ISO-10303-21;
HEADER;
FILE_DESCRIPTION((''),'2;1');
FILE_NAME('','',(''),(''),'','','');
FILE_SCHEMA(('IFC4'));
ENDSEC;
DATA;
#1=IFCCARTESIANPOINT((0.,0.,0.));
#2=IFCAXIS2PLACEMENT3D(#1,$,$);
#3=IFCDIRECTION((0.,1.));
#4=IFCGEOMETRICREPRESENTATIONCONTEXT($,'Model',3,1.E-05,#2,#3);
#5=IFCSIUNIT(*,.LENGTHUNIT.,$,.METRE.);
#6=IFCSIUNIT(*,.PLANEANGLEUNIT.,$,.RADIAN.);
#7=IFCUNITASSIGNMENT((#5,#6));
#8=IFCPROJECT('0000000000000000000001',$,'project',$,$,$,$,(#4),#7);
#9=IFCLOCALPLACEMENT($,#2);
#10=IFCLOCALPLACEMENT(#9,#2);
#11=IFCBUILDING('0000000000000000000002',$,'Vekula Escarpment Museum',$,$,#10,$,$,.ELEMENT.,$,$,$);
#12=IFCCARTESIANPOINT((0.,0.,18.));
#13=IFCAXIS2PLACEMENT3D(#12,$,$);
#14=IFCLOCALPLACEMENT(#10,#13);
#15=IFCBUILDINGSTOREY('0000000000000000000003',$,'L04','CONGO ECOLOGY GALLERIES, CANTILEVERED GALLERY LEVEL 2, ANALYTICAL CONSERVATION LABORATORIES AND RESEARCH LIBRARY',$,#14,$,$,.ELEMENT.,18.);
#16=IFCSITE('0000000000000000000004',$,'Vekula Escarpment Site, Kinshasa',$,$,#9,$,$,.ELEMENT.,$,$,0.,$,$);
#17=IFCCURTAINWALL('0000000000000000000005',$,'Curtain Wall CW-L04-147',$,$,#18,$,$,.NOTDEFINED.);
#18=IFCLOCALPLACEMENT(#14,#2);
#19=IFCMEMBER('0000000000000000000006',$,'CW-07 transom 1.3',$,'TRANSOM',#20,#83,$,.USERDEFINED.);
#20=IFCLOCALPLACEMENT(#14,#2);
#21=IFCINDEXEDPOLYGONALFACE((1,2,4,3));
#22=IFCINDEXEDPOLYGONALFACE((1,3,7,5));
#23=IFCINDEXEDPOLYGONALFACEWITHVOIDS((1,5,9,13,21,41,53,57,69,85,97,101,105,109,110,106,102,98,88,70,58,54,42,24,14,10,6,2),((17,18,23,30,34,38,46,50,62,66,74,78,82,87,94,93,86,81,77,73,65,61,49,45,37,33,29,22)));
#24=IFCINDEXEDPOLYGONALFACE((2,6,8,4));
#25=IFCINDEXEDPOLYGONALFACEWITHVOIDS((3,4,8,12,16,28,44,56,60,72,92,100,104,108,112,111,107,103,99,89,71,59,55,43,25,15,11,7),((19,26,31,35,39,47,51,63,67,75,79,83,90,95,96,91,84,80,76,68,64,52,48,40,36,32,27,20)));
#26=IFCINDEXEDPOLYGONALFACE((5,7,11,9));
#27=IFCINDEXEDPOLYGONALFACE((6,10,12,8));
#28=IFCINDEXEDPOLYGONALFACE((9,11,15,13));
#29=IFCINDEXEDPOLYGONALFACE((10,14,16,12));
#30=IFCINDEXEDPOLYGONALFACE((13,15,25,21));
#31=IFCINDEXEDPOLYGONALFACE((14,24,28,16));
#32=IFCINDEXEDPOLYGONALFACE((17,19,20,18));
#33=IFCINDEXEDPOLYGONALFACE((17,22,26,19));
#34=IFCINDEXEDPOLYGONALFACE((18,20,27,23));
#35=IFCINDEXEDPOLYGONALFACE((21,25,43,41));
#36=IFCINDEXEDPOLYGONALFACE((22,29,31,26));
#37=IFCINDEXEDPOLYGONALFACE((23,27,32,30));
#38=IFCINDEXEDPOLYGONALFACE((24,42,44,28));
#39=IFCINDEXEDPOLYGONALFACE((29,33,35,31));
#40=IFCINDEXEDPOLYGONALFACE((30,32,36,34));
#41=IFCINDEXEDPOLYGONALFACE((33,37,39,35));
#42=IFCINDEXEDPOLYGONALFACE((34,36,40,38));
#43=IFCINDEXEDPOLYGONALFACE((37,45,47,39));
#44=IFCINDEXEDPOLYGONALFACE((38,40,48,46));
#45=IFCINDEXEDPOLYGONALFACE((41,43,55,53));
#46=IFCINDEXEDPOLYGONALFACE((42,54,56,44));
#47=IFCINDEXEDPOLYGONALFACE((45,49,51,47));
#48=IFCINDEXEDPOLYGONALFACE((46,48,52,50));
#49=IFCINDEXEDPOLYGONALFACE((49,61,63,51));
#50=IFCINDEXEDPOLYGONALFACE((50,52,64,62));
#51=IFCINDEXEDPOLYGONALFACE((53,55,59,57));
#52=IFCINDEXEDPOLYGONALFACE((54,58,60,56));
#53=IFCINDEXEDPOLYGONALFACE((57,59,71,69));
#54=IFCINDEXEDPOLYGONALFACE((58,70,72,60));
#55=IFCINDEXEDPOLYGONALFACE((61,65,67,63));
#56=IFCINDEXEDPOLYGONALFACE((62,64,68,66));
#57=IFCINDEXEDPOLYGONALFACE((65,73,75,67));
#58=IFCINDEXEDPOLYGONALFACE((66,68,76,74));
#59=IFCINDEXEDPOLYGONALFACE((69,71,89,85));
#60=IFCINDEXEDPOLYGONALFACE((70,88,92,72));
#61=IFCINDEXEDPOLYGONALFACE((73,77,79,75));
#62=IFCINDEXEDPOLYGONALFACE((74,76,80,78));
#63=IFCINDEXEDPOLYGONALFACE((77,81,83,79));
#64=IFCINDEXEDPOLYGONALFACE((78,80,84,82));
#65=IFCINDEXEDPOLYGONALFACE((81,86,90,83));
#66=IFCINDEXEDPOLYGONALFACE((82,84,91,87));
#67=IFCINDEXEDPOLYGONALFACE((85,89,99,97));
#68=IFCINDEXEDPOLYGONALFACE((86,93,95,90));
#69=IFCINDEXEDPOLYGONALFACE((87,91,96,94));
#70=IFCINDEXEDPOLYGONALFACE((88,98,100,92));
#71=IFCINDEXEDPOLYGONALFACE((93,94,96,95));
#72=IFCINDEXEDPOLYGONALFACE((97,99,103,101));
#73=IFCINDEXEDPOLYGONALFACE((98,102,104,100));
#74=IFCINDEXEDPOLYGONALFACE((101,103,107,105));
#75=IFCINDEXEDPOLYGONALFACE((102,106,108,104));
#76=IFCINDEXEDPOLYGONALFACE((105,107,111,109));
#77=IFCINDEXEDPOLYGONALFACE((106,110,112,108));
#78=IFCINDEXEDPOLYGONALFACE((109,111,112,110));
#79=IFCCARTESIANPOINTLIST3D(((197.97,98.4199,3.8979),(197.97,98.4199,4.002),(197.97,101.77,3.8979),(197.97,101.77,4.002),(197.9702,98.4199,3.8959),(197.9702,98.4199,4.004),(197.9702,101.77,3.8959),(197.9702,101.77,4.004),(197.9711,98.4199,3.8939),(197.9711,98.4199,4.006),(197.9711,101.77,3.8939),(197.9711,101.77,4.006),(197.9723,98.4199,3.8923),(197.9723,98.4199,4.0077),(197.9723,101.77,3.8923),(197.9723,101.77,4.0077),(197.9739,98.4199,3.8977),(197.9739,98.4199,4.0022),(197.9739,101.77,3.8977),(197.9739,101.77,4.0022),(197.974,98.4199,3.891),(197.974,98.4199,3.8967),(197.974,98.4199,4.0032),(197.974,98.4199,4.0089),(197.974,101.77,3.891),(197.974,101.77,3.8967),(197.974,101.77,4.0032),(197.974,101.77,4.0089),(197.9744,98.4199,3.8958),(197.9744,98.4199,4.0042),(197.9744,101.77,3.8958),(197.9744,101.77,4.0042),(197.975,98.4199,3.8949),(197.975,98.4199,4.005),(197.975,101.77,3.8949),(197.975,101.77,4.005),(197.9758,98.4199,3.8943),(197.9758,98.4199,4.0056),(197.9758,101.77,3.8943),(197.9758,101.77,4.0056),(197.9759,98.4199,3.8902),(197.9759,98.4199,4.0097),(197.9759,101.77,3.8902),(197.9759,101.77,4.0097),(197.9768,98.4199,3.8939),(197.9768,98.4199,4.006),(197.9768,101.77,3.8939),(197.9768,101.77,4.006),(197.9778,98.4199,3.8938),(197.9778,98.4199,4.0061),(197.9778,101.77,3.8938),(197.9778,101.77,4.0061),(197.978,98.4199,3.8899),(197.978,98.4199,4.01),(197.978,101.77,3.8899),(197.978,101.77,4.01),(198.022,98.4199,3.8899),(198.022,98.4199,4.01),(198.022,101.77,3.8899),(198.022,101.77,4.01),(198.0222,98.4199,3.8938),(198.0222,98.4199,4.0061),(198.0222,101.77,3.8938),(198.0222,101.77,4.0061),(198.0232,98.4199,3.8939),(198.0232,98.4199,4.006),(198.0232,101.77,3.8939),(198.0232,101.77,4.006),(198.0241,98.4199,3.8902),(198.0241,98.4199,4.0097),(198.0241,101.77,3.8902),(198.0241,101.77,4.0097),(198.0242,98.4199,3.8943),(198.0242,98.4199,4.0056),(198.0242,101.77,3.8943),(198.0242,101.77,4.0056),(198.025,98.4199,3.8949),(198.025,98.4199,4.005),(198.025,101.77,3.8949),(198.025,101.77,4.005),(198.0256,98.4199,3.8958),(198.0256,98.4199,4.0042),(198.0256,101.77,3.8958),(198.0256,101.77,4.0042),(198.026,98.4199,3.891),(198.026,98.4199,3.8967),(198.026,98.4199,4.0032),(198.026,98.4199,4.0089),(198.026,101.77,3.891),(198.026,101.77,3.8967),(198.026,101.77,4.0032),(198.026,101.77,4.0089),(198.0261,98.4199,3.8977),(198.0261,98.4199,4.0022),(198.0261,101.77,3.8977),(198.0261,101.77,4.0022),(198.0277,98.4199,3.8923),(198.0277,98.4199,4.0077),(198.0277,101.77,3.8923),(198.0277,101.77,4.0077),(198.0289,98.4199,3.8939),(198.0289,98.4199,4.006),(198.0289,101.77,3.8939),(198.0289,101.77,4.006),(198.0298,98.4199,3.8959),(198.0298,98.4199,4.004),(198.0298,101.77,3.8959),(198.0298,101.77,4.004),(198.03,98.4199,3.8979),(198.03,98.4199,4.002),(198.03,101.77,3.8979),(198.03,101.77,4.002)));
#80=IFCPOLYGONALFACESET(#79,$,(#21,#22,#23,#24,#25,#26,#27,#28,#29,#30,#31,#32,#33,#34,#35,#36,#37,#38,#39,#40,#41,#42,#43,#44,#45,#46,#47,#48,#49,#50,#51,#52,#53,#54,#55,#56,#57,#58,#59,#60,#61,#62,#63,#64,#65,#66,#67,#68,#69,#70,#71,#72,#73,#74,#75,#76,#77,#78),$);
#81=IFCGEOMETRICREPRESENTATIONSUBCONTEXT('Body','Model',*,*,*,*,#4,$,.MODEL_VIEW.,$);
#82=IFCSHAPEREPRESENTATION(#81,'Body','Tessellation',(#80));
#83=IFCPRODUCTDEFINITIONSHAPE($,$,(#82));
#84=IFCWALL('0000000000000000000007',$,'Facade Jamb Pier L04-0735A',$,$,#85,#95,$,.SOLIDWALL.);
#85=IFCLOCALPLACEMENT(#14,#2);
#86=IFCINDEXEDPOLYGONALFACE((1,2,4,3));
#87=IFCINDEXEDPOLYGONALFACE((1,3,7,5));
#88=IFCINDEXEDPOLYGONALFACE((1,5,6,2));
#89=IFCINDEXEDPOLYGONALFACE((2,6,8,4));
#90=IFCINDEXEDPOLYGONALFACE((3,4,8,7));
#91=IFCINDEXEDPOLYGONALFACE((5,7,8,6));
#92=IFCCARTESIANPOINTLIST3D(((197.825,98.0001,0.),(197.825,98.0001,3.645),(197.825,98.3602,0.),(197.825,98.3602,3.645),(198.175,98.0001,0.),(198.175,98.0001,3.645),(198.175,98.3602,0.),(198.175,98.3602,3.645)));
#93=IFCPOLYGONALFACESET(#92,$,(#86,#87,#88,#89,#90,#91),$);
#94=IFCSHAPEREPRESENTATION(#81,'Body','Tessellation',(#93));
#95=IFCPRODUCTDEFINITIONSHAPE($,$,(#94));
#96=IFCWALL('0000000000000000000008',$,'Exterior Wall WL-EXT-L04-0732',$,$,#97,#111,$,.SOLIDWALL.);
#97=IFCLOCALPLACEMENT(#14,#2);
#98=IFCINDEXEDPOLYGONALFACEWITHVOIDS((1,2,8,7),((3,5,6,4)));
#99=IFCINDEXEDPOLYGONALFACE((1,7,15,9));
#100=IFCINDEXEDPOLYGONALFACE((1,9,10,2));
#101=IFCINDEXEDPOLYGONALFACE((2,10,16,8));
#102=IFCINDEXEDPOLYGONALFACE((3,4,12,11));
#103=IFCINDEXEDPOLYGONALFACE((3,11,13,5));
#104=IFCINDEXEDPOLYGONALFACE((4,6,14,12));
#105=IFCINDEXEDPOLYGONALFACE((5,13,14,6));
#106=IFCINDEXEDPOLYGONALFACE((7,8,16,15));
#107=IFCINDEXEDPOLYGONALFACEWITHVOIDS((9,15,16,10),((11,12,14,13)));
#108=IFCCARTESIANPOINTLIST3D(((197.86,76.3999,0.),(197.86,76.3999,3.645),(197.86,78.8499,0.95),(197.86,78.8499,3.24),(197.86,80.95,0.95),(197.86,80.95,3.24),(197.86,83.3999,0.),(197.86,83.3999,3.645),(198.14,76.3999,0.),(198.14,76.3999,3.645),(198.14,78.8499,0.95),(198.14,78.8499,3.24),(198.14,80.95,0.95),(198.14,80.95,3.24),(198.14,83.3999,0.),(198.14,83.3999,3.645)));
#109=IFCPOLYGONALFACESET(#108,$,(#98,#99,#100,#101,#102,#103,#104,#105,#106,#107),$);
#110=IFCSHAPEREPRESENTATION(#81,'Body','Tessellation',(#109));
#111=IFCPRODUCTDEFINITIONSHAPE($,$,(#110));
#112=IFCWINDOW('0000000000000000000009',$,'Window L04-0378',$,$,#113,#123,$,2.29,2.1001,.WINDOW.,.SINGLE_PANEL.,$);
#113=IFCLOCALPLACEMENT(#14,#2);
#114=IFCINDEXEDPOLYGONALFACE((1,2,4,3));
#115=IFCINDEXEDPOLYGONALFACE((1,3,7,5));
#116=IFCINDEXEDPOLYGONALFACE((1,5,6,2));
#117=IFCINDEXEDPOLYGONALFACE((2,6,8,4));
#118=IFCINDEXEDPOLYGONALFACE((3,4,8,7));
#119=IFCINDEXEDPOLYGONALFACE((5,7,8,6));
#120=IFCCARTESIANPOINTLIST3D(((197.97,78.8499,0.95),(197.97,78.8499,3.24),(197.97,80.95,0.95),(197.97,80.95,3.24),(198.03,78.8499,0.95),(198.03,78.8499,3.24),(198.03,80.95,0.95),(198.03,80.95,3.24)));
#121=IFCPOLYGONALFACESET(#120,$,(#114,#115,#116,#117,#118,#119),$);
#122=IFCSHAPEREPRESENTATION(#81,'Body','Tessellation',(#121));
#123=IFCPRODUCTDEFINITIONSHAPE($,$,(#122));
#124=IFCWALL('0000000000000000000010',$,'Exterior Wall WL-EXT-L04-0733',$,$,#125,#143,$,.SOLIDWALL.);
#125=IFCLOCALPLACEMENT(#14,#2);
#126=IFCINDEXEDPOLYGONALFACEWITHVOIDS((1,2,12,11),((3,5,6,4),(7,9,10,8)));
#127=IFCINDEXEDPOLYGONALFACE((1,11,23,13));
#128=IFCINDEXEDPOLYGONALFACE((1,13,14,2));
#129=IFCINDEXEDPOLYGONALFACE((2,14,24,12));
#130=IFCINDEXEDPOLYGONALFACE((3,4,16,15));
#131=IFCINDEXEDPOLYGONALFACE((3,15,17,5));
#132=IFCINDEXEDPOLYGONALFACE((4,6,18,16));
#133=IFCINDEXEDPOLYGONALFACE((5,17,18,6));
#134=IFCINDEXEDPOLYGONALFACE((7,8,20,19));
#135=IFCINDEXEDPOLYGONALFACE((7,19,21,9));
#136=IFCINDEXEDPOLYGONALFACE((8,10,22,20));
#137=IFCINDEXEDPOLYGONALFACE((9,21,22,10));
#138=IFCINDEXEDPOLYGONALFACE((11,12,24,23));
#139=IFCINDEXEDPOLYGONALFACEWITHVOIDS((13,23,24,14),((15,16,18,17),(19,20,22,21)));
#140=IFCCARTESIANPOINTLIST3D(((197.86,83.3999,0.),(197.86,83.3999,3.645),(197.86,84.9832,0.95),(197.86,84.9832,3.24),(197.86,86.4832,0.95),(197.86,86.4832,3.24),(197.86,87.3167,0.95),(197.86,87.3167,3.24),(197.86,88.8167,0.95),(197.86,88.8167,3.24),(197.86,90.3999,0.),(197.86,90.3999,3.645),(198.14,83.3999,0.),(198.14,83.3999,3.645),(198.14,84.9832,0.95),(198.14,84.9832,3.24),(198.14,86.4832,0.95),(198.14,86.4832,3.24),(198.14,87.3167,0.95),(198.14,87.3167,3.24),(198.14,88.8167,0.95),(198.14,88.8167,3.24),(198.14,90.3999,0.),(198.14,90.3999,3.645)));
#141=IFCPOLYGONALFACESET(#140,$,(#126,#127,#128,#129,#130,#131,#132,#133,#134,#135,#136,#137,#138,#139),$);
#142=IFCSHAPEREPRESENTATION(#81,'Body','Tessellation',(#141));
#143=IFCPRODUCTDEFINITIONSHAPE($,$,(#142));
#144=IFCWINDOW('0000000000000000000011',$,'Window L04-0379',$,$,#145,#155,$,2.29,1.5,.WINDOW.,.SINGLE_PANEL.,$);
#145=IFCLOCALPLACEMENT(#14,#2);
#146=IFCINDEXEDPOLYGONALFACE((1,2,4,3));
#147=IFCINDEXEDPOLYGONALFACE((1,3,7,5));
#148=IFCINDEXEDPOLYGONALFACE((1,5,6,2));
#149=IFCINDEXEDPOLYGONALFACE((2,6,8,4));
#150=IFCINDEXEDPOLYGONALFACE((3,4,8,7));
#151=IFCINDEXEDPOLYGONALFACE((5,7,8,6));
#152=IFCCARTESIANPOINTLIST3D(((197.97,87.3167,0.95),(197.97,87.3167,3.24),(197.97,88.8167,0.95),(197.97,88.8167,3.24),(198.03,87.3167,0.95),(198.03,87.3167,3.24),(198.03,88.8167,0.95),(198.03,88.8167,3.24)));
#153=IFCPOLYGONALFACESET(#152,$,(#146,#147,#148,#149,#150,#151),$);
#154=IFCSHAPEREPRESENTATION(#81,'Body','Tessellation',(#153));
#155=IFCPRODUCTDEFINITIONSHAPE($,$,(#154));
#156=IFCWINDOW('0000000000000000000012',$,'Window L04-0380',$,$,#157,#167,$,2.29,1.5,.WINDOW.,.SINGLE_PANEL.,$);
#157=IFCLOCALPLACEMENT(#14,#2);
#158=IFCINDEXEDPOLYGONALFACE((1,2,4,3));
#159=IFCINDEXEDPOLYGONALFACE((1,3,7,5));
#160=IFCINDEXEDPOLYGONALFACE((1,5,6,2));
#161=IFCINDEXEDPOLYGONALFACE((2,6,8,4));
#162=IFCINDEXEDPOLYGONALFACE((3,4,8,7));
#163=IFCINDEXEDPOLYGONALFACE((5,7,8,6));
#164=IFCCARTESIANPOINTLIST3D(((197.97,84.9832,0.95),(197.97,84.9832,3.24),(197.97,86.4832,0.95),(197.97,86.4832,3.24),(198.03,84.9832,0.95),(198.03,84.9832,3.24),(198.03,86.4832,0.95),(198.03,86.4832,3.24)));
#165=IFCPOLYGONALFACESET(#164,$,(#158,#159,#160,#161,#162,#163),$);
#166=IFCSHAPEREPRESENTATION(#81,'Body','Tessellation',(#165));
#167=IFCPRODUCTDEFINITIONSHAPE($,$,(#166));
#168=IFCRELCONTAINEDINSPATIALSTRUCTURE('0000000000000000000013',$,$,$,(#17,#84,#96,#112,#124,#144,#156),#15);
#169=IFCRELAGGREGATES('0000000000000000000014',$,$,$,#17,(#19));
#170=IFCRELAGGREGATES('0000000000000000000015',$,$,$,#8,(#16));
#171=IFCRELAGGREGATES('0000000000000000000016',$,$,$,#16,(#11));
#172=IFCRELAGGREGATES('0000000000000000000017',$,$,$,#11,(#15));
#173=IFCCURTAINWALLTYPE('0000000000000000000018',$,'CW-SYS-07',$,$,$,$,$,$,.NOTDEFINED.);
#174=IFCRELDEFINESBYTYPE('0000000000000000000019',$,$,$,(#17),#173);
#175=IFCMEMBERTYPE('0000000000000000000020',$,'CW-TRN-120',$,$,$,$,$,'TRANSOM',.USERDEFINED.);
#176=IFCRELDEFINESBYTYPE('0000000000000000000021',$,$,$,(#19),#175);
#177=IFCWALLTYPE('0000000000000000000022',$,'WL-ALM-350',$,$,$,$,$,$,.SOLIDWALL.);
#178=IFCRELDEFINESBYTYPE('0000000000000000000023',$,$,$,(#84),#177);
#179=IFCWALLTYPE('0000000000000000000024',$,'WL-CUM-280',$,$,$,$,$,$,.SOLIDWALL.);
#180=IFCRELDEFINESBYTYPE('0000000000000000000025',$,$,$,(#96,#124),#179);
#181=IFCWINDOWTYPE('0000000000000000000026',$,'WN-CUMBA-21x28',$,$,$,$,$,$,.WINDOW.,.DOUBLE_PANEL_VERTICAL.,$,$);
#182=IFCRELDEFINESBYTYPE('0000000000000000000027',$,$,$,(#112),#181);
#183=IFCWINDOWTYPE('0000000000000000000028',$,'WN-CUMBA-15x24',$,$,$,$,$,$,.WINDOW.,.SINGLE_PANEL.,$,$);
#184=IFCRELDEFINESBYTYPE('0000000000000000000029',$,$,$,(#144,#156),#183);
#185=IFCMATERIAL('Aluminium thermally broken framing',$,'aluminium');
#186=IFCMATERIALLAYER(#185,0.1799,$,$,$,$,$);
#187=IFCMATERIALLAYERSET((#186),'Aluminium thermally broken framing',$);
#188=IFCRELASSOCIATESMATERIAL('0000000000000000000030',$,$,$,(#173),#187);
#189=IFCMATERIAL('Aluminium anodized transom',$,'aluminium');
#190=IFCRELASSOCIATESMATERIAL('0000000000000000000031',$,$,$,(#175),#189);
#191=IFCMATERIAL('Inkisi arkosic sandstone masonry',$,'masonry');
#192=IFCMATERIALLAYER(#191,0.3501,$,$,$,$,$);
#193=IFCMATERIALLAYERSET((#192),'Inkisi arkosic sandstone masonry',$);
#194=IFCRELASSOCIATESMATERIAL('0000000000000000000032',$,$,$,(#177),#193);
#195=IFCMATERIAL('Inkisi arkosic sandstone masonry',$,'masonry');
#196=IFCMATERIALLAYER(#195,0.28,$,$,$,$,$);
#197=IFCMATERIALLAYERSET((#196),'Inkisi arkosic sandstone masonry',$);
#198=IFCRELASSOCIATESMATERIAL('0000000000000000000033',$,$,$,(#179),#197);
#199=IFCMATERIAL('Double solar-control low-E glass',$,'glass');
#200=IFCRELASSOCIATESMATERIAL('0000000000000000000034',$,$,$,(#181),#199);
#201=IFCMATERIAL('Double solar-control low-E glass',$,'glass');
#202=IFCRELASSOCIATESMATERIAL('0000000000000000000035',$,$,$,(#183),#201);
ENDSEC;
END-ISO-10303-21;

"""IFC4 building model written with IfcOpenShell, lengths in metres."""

from ifc_helpers import new_model, si_unit, direction, frame, frame_2d, origin, origin_2d, place, context, subcontext, project, spatial, rectangle, hollow_rectangle, extrude, material, layer, layer_set, material_profile, profile_set, type_object, element, fill, aggregate, save


model = new_model("IFC4")

# Units and contexts
model_context = context("Model", 3, precision=1e-05, world=origin(), true_north=direction((0.0, 1.0)))
body_context = subcontext(model_context, "Body", "Model", "MODEL_VIEW")
ifc_project = project(units=[si_unit("LENGTHUNIT", "METRE"), si_unit("PLANEANGLEUNIT", "RADIAN")], contexts=[model_context])

# Site, building, storey
site_placement = place(None, origin())
site = spatial("IfcSite", under=ifc_project, at=site_placement, Name="Vekula Escarpment Site, Kinshasa", CompositionType="ELEMENT", RefElevation=0.0)
building_placement = place(site_placement, origin())
building = spatial("IfcBuilding", under=site, at=building_placement, Name="Vekula Escarpment Museum", CompositionType="ELEMENT")
storey_placement = place(building_placement, frame((0.0, 0.0, 18.0)))
storey = spatial("IfcBuildingStorey", under=building, at=storey_placement, Name="L04", Description="CONGO ECOLOGY GALLERIES, CANTILEVERED GALLERY LEVEL 2, ANALYTICAL CONSERVATION LABORATORIES AND RESEARCH LIBRARY", CompositionType="ELEMENT", Elevation=18.0)

# Curtain wall, member
ifc_material_1 = material(Name="Aluminium thermally broken framing", Category="aluminium")
ifc_layer_1 = layer(ifc_material_1, 0.1799)
ifc_layer_set_1 = layer_set([ifc_layer_1], Name="Aluminium thermally broken framing")
curtain_wall_type = type_object("IfcCurtainWallType", Name="CW-SYS-07", PredefinedType="NOTDEFINED", material=ifc_layer_set_1)
curtain_wall_placement = place(storey_placement, origin())
curtain_wall = element("IfcCurtainWall", 1, at=curtain_wall_placement, inside=storey, type_object=curtain_wall_type, Name="Curtain Wall CW-L04-147", PredefinedType="NOTDEFINED")
ifc_material_2 = material(Name="Aluminium anodized transom", Category="aluminium")
ifc_material_profile_1 = material_profile(ifc_material_2, hollow_rectangle(XDim=0.0601, YDim=0.1201, WallThickness=0.0039, InnerFilletRadius=0.0039, OuterFilletRadius=0.0081, at=origin_2d()), Name="ALU 120x60x4")
ifc_profile_set_1 = profile_set([ifc_material_profile_1], Name="Aluminium anodized transom")
member_type_1 = type_object("IfcMemberType", Name="CW-TRN-120", ElementType="TRANSOM", PredefinedType="USERDEFINED", material=ifc_profile_set_1)
member_1_placement = place(storey_placement, frame((198.0, 98.4199, 3.95), z_axis=(0.0, 1.0, 0.0), x_axis=(-1.0, 0.0, 0.0)))
member_1 = element("IfcMember", 2, at=member_1_placement, type_object=member_type_1, Name="CW-07 transom 1.3", ObjectType="TRANSOM", PredefinedType="USERDEFINED", context=body_context, shape_type="SweptSolid", body=[
    extrude(hollow_rectangle(XDim=0.0601, YDim=0.1201, WallThickness=0.0039, InnerFilletRadius=0.0039, OuterFilletRadius=0.0081, at=origin_2d()), origin(), (0.0, 0.0, 1.0), 3.3501),
])
aggregate(curtain_wall, [member_1])

# Wall
ifc_material_3 = material(Name="Inkisi arkosic sandstone masonry", Category="masonry")
ifc_layer_2 = layer(ifc_material_3, 0.3501)
ifc_layer_set_2 = layer_set([ifc_layer_2], Name="Inkisi arkosic sandstone masonry")
wall_type_1 = type_object("IfcWallType", Name="WL-ALM-350", PredefinedType="SOLIDWALL", material=ifc_layer_set_2)
wall_1_placement = place(storey_placement, frame((198.0, 98.0, 0.0), z_axis=(0.0, 0.0, 1.0), x_axis=(0.0, 1.0, 0.0)))
element("IfcWall", 3, at=wall_1_placement, inside=storey, type_object=wall_type_1, Name="Facade Jamb Pier L04-0735A", PredefinedType="SOLIDWALL", context=body_context, shape_type="SweptSolid", body=[
    extrude(rectangle(XDim=0.3601, YDim=0.3501, at=frame_2d((0.1802, 0.0))), origin(), (0.0, 0.0, 1.0), 3.645),
])

# Wall, opening, window
ifc_material_4 = material(Name="Inkisi arkosic sandstone masonry", Category="masonry")
ifc_layer_3 = layer(ifc_material_4, 0.28)
ifc_layer_set_3 = layer_set([ifc_layer_3], Name="Inkisi arkosic sandstone masonry")
wall_type_2 = type_object("IfcWallType", Name="WL-CUM-280", PredefinedType="SOLIDWALL", material=ifc_layer_set_3)
wall_2_placement = place(storey_placement, frame((198.0, 83.3999, 0.0), z_axis=(0.0, 0.0, 1.0), x_axis=(0.0, -1.0, 0.0)))
wall_2 = element("IfcWall", 4, at=wall_2_placement, inside=storey, type_object=wall_type_2, Name="Exterior Wall WL-EXT-L04-0732", PredefinedType="SOLIDWALL", context=body_context, shape_type="SweptSolid", body=[
    extrude(rectangle(XDim=7.0, YDim=0.28, at=frame_2d((3.5, 0.0))), origin(), (0.0, 0.0, 1.0), 3.645),
])
opening_1_placement = place(wall_2_placement, frame((2.45, 0.0, 0.95)))
opening_1 = element("IfcOpeningElement", 5, at=opening_1_placement, cuts=wall_2, PredefinedType="OPENING", context=body_context, shape_type="SweptSolid", body=[
    extrude(rectangle(XDim=2.1001, YDim=2.29, at=frame_2d((1.05, 1.145))), frame((0.0, 0.1499, 0.0), z_axis=(0.0, -1.0, 0.0), x_axis=(1.0, 0.0, 0.0)), (0.0, 0.0, 1.0), 0.3),
])
ifc_material_5 = material(Name="Double solar-control low-E glass", Category="glass")
window_type_1 = type_object("IfcWindowType", Name="WN-CUMBA-21x28", PartitioningType="DOUBLE_PANEL_VERTICAL", PredefinedType="WINDOW", material=ifc_material_5)
window_1_placement = place(opening_1_placement, origin())
window_1 = element("IfcWindow", 6, at=window_1_placement, inside=storey, type_object=window_type_1, Name="Window L04-0378", OverallHeight=2.29, OverallWidth=2.1001, PartitioningType="SINGLE_PANEL", PredefinedType="WINDOW", context=body_context, shape_type="SweptSolid", body=[
    extrude(rectangle(XDim=2.1001, YDim=2.29, at=frame_2d((1.05, 1.145))), frame((0.0, 0.03, 0.0), z_axis=(0.0, -1.0, 0.0), x_axis=(1.0, 0.0, 0.0)), (0.0, 0.0, 1.0), 0.0601),
])
fill(opening_1, window_1)

# Wall, openings, windows
wall_3_placement = place(storey_placement, frame((198.0, 90.3999, 0.0), z_axis=(0.0, 0.0, 1.0), x_axis=(0.0, -1.0, 0.0)))
wall_3 = element("IfcWall", 7, at=wall_3_placement, inside=storey, type_object=wall_type_2, Name="Exterior Wall WL-EXT-L04-0733", PredefinedType="SOLIDWALL", context=body_context, shape_type="SweptSolid", body=[
    extrude(rectangle(XDim=7.0, YDim=0.28, at=frame_2d((3.5, 0.0))), origin(), (0.0, 0.0, 1.0), 3.645),
])
opening_2_placement = place(wall_3_placement, frame((1.5833, 0.0, 0.95)))
opening_2 = element("IfcOpeningElement", 8, at=opening_2_placement, cuts=wall_3, PredefinedType="OPENING", context=body_context, shape_type="SweptSolid", body=[
    extrude(rectangle(XDim=1.5, YDim=2.29, at=frame_2d((0.75, 1.145))), frame((0.0, 0.1499, 0.0), z_axis=(0.0, -1.0, 0.0), x_axis=(1.0, 0.0, 0.0)), (0.0, 0.0, 1.0), 0.3),
])
opening_3_placement = place(wall_3_placement, frame((3.9167, 0.0, 0.95)))
opening_3 = element("IfcOpeningElement", 9, at=opening_3_placement, cuts=wall_3, PredefinedType="OPENING", context=body_context, shape_type="SweptSolid", body=[
    extrude(rectangle(XDim=1.5, YDim=2.29, at=frame_2d((0.75, 1.145))), frame((0.0, 0.1499, 0.0), z_axis=(0.0, -1.0, 0.0), x_axis=(1.0, 0.0, 0.0)), (0.0, 0.0, 1.0), 0.3),
])
ifc_material_6 = material(Name="Double solar-control low-E glass", Category="glass")
window_type_2 = type_object("IfcWindowType", Name="WN-CUMBA-15x24", PartitioningType="SINGLE_PANEL", PredefinedType="WINDOW", material=ifc_material_6)
window_2_placement = place(opening_2_placement, origin())
window_2 = element("IfcWindow", 10, at=window_2_placement, inside=storey, type_object=window_type_2, Name="Window L04-0379", OverallHeight=2.29, OverallWidth=1.5, PartitioningType="SINGLE_PANEL", PredefinedType="WINDOW", context=body_context, shape_type="SweptSolid", body=[
    extrude(rectangle(XDim=1.5, YDim=2.29, at=frame_2d((0.75, 1.145))), frame((0.0, 0.03, 0.0), z_axis=(0.0, -1.0, 0.0), x_axis=(1.0, 0.0, 0.0)), (0.0, 0.0, 1.0), 0.0601),
])
fill(opening_2, window_2)
window_3_placement = place(opening_3_placement, origin())
window_3 = element("IfcWindow", 11, at=window_3_placement, inside=storey, type_object=window_type_2, Name="Window L04-0380", OverallHeight=2.29, OverallWidth=1.5, PartitioningType="SINGLE_PANEL", PredefinedType="WINDOW", context=body_context, shape_type="SweptSolid", body=[
    extrude(rectangle(XDim=1.5, YDim=2.29, at=frame_2d((0.75, 1.145))), frame((0.0, 0.03, 0.0), z_axis=(0.0, -1.0, 0.0), x_axis=(1.0, 0.0, 0.0)), (0.0, 0.0, 1.0), 0.0601),
])
fill(opening_3, window_3)

save(model, "model.ifc")
